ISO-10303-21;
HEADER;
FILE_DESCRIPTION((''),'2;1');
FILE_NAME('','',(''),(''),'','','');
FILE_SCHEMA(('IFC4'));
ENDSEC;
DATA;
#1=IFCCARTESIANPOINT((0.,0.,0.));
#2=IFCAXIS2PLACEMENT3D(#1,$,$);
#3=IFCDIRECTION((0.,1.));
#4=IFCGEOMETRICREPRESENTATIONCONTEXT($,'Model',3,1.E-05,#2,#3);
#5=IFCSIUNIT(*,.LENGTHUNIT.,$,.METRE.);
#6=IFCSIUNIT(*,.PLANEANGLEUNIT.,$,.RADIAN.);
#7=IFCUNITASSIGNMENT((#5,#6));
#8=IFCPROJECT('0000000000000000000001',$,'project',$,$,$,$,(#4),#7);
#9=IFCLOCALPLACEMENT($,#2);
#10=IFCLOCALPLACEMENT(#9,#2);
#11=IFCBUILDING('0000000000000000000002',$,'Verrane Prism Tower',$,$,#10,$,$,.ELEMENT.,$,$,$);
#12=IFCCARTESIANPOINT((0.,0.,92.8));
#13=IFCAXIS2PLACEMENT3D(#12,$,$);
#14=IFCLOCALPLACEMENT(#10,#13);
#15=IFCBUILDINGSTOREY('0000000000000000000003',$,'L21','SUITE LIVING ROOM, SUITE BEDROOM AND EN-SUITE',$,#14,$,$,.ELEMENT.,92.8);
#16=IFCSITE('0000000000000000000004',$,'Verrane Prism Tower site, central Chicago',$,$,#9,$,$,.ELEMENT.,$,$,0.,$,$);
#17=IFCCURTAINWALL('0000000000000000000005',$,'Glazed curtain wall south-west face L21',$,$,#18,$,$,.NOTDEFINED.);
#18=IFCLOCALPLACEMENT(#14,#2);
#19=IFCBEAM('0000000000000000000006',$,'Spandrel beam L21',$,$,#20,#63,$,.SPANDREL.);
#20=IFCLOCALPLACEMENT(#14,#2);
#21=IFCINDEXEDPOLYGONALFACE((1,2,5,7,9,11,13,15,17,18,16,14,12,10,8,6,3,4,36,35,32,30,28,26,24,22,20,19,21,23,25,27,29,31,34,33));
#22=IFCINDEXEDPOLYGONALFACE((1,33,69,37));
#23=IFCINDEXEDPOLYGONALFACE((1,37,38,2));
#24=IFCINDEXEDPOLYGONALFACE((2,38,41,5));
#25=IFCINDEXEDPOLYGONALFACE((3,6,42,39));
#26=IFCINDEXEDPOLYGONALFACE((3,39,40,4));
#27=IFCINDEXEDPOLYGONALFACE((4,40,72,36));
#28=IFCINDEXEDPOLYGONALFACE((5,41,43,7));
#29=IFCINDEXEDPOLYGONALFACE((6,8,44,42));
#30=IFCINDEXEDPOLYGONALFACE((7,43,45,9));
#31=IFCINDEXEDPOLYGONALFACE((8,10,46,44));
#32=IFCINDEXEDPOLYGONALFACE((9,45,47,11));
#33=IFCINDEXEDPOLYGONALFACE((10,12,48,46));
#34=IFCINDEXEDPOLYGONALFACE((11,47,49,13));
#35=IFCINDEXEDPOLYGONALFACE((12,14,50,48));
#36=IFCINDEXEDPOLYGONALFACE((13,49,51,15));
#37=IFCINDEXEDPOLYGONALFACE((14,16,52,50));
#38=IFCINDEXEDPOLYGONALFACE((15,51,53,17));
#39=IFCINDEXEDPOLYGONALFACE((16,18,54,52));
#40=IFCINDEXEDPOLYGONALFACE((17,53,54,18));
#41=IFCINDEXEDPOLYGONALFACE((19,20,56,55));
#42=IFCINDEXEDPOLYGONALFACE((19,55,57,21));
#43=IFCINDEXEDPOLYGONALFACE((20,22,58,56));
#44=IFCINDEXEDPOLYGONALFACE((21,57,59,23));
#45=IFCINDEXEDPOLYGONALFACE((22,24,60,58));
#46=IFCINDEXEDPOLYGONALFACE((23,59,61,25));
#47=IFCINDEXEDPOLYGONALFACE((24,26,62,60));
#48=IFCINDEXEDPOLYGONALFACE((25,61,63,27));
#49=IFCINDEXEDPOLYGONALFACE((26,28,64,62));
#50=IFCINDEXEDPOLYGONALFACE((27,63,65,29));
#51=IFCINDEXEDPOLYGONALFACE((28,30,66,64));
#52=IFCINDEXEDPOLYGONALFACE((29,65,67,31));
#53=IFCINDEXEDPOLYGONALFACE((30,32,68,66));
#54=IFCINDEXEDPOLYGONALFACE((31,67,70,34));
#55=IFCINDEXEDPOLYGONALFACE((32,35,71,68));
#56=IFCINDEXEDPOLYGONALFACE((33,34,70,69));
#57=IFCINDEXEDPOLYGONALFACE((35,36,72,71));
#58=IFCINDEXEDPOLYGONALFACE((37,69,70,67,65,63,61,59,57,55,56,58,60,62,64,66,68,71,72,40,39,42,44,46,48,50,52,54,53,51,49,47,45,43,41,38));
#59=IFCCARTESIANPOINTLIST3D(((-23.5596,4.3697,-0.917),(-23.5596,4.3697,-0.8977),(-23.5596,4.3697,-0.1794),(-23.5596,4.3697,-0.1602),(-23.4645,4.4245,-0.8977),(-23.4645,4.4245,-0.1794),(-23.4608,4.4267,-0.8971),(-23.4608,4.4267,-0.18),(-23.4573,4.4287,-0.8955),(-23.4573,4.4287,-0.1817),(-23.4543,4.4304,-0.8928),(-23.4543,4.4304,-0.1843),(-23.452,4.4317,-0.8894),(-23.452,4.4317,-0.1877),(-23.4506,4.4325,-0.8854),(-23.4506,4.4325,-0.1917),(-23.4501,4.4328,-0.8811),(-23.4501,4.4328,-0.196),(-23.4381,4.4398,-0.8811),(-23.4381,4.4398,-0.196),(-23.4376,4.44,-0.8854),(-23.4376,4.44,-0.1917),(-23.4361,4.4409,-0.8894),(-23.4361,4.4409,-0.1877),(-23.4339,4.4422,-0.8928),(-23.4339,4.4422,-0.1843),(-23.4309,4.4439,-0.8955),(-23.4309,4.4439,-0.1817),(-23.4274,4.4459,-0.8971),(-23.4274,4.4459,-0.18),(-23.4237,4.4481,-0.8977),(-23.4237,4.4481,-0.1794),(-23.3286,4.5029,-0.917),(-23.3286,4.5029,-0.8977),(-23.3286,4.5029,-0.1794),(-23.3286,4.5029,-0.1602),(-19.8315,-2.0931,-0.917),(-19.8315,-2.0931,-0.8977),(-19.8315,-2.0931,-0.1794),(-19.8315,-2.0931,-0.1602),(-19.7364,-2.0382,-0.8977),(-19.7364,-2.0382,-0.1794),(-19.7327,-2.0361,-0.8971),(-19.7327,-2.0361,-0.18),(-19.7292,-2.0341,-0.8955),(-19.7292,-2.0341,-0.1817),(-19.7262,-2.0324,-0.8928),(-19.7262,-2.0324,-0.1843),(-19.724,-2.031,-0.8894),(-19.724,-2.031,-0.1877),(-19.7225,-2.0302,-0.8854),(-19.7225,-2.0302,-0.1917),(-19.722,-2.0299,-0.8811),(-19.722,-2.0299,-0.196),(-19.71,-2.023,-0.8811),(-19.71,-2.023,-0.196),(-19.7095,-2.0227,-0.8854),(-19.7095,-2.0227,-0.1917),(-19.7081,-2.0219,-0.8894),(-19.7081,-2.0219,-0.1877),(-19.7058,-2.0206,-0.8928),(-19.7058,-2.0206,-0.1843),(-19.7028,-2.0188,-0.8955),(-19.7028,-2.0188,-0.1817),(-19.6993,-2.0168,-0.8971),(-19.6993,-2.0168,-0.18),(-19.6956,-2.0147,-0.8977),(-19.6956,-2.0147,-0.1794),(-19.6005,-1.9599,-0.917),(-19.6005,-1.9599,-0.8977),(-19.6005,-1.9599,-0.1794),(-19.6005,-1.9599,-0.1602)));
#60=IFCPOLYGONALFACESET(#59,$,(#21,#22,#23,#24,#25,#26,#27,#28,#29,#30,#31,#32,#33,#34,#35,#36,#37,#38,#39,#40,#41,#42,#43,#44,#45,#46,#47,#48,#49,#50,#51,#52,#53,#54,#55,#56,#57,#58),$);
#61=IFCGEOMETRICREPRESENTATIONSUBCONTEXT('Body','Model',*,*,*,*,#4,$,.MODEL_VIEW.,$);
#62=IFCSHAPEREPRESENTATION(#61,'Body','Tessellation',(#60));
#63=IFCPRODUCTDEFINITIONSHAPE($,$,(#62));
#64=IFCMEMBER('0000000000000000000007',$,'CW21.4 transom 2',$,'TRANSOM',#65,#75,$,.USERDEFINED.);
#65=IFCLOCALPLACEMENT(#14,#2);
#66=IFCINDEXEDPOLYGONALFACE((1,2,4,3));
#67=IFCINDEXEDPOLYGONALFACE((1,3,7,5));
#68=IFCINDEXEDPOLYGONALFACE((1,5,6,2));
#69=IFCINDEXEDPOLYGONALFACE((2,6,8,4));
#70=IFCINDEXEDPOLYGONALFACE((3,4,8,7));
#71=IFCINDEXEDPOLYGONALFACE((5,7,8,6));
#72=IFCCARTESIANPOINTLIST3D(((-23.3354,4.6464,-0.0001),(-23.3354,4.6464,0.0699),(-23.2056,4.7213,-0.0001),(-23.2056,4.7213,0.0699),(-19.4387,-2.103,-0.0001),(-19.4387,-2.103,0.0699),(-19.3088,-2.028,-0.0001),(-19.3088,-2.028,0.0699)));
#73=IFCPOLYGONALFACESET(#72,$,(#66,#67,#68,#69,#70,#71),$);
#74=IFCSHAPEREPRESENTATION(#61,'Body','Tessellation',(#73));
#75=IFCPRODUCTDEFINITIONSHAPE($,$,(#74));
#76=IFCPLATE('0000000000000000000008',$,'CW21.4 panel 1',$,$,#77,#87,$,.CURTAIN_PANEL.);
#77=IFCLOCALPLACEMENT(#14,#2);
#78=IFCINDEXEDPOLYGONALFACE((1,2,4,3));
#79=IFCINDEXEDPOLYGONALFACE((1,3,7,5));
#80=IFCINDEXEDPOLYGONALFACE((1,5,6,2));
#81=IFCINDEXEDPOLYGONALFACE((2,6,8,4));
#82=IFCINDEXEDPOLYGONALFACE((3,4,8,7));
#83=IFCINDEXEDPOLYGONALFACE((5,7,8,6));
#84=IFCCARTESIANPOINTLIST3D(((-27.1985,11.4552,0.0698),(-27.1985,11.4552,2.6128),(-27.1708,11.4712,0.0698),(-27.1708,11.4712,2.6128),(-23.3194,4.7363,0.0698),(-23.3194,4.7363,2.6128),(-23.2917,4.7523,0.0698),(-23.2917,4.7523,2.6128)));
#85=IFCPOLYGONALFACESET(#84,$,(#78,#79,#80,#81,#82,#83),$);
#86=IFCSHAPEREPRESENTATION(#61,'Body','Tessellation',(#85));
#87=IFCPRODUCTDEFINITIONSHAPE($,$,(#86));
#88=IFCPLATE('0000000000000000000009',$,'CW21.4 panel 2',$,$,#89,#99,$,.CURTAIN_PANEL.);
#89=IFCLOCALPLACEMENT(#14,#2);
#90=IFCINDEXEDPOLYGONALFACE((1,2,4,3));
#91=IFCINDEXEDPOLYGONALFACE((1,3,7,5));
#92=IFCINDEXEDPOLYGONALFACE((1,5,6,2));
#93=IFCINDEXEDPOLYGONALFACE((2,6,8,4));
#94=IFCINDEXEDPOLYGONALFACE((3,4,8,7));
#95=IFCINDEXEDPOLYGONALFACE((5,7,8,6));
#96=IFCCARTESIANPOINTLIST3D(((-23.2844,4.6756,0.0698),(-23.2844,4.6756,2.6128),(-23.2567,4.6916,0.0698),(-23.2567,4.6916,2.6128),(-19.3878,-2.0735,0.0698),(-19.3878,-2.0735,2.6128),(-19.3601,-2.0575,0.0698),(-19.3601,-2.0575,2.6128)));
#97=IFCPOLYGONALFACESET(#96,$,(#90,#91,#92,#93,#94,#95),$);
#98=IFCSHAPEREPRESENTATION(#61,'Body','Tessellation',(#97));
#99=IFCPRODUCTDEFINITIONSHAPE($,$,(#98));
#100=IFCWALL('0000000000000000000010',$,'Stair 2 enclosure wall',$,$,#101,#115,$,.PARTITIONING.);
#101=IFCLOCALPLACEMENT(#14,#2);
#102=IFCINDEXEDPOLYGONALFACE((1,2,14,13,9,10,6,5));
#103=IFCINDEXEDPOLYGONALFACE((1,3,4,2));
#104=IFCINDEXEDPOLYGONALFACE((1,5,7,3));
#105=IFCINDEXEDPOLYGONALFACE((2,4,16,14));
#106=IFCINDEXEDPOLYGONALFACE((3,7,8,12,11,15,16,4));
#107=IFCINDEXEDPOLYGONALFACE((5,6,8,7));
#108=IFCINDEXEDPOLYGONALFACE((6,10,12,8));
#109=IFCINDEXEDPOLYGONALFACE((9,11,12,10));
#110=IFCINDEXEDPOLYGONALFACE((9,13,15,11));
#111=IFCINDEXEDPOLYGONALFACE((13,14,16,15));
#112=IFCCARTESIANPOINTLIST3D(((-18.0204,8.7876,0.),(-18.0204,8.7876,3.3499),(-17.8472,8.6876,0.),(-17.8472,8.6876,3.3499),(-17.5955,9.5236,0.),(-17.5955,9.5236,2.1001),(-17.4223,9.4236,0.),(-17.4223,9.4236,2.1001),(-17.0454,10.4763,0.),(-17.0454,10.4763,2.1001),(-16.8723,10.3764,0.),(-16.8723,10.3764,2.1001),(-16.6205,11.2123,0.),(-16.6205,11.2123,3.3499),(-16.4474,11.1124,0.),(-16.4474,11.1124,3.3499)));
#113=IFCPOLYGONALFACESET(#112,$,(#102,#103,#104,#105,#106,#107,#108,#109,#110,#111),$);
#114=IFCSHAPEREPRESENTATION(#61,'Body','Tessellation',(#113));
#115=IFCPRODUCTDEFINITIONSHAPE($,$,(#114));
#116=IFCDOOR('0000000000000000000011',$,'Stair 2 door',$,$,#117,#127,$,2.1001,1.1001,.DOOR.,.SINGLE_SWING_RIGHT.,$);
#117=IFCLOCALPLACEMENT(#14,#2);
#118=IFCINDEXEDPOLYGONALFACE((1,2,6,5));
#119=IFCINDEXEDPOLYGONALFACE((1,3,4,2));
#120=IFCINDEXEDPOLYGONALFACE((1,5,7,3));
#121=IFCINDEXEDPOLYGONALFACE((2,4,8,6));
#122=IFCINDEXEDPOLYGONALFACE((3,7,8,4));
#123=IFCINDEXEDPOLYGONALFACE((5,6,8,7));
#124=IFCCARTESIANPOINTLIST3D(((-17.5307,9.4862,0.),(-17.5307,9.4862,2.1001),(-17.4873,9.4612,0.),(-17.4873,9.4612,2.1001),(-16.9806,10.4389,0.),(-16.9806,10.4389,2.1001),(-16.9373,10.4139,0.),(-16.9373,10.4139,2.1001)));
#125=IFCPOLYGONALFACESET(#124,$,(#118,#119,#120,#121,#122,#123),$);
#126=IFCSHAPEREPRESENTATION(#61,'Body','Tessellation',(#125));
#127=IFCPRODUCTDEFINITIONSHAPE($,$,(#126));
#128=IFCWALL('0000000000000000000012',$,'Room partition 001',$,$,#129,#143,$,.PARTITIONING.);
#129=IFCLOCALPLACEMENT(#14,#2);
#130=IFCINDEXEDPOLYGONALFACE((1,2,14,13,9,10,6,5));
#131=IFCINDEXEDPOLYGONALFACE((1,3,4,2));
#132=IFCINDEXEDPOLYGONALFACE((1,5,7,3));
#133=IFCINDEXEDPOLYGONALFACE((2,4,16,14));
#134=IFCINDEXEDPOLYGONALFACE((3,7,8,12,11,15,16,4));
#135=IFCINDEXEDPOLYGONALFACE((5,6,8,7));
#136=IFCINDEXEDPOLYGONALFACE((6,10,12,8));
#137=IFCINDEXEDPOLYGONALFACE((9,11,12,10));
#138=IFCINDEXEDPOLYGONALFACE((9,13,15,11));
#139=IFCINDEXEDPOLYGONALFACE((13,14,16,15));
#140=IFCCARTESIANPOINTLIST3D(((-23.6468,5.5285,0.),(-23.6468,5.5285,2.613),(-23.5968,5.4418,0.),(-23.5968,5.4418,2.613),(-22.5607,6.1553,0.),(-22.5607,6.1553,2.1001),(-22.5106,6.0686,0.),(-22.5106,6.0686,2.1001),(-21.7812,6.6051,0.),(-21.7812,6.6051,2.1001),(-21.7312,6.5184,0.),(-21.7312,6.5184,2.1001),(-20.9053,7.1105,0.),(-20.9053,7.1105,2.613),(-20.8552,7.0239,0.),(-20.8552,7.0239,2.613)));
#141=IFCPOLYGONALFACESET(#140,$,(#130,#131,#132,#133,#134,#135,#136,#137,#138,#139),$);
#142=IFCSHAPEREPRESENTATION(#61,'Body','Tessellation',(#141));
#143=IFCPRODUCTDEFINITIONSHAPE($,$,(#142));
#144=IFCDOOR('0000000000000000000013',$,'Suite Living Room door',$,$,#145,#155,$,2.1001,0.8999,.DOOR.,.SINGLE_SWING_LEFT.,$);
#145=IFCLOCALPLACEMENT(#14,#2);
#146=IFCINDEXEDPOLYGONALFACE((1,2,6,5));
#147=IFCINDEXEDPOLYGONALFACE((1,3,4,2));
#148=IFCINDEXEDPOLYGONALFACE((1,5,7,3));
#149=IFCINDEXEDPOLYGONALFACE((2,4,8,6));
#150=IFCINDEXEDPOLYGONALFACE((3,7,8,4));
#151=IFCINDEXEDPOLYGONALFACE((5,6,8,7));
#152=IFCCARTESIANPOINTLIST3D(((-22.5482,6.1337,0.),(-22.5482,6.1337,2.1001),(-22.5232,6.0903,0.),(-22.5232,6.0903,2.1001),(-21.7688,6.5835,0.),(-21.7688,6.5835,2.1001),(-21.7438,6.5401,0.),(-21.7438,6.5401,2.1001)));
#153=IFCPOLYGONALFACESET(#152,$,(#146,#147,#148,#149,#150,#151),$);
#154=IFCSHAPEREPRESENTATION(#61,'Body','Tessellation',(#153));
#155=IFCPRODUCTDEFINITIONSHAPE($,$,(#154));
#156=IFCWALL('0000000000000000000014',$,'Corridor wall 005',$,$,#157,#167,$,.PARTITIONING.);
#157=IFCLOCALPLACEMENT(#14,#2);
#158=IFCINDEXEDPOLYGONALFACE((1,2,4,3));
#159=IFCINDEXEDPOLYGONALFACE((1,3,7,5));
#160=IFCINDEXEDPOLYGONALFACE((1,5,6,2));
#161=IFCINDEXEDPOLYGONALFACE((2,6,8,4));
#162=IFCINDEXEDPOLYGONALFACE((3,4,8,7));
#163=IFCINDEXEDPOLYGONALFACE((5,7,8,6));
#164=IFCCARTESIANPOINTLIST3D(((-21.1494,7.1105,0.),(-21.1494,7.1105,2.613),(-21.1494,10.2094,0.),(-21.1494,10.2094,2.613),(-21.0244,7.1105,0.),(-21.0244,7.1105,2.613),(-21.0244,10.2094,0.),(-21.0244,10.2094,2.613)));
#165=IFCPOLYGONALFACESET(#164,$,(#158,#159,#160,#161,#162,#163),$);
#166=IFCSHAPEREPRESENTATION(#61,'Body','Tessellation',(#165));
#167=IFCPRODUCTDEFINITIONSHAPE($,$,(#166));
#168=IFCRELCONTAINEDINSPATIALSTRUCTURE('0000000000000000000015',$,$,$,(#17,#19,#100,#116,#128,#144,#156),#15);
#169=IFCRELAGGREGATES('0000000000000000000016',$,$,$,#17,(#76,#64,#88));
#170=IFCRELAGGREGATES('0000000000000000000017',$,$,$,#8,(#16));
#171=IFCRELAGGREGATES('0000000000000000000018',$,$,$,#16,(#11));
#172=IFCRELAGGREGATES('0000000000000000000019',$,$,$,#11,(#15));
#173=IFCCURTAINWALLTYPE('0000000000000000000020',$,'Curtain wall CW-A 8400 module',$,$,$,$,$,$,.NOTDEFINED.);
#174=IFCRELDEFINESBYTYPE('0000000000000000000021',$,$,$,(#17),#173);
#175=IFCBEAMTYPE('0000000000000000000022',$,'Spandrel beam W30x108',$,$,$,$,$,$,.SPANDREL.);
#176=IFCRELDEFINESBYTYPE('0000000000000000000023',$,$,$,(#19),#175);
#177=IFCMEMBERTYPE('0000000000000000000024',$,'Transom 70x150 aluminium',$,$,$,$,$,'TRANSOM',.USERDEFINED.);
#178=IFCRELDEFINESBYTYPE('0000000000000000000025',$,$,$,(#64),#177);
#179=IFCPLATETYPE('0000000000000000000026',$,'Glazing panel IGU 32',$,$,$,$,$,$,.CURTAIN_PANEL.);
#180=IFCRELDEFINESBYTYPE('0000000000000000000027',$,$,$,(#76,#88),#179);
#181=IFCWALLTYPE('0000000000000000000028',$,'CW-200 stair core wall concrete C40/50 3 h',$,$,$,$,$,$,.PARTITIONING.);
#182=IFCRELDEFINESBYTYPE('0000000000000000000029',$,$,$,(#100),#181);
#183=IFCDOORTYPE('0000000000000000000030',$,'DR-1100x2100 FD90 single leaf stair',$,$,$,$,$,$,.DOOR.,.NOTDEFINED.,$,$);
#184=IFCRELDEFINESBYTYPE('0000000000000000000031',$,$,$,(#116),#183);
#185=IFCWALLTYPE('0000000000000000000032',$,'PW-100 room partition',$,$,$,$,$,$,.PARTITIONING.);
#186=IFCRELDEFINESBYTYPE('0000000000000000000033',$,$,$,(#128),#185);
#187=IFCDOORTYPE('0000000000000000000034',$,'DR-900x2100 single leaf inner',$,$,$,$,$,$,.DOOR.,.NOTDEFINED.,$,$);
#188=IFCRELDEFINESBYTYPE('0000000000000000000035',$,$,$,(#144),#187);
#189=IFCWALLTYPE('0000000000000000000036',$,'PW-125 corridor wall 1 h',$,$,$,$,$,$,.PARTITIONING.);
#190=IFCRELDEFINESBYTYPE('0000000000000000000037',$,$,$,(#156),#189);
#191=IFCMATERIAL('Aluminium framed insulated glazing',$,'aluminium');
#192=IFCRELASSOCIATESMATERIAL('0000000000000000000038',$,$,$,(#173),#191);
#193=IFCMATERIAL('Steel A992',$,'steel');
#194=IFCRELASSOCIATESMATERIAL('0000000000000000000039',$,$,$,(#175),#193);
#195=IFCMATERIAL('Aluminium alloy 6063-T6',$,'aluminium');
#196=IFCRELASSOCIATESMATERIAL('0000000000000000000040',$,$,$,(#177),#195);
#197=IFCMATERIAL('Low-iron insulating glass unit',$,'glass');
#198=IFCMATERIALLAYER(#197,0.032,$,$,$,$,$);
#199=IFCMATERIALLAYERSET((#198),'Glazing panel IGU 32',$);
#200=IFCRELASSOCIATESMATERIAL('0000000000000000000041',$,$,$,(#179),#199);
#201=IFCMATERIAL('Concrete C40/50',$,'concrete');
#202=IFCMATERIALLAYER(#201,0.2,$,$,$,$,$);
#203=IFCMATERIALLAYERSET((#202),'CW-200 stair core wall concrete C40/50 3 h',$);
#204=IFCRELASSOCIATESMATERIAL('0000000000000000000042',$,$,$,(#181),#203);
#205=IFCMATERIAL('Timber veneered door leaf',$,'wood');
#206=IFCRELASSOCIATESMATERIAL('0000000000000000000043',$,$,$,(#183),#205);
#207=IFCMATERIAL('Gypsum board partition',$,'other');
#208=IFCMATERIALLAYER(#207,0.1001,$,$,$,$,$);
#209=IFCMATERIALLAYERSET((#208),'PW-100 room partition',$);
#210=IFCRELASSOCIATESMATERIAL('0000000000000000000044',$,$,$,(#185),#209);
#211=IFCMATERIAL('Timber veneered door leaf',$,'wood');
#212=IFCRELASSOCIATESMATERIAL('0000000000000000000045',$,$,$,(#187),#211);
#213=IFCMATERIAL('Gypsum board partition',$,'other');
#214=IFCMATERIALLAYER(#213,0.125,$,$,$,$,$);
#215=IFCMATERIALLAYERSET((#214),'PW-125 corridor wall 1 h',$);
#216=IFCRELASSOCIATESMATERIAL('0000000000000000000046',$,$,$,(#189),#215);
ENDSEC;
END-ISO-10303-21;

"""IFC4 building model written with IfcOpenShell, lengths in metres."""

from ifc_helpers import new_model, si_unit, direction, frame, frame_2d, origin, origin_2d, place, context, subcontext, project, spatial, rectangle, i_section, extrude, material, layer, layer_set, material_profile, profile_set, type_object, element, fill, aggregate, save


model = new_model("IFC4")

# Units and contexts
model_context = context("Model", 3, precision=1e-05, world=origin(), true_north=direction((0.0, 1.0)))
body_context = subcontext(model_context, "Body", "Model", "MODEL_VIEW")
ifc_project = project(units=[si_unit("LENGTHUNIT", "METRE"), si_unit("PLANEANGLEUNIT", "RADIAN")], contexts=[model_context])

# Site, building, storey
site_placement = place(None, origin())
site = spatial("IfcSite", under=ifc_project, at=site_placement, Name="Verrane Prism Tower site, central Chicago", CompositionType="ELEMENT", RefElevation=0.0)
building_placement = place(site_placement, origin())
building = spatial("IfcBuilding", under=site, at=building_placement, Name="Verrane Prism Tower", CompositionType="ELEMENT")
storey_placement = place(building_placement, frame((0.0, 0.0, 92.8)))
storey = spatial("IfcBuildingStorey", under=building, at=storey_placement, Name="L21", Description="SUITE LIVING ROOM, SUITE BEDROOM AND EN-SUITE", CompositionType="ELEMENT", Elevation=92.8)

# Curtain wall
ifc_material_1 = material(Name="Aluminium framed insulated glazing", Category="aluminium")
curtain_wall_type = type_object("IfcCurtainWallType", Name="Curtain wall CW-A 8400 module", PredefinedType="NOTDEFINED", material=ifc_material_1)
curtain_wall_placement = place(storey_placement, origin())
curtain_wall = element("IfcCurtainWall", 1, at=curtain_wall_placement, inside=storey, type_object=curtain_wall_type, Name="Glazed curtain wall south-west face L21", PredefinedType="NOTDEFINED")

# Beam
ifc_material_2 = material(Name="Steel A992", Category="steel")
ifc_material_profile_1 = material_profile(ifc_material_2, i_section(OverallWidth=0.2666, OverallDepth=0.7568, WebThickness=0.0139, FlangeThickness=0.0193, FilletRadius=0.0166, at=origin_2d()), Name="W30x108")
ifc_profile_set_1 = profile_set([ifc_material_profile_1], Name="Steel A992")
beam_type_1 = type_object("IfcBeamType", Name="Spandrel beam W30x108", PredefinedType="SPANDREL", material=ifc_profile_set_1)
beam_1_placement = place(storey_placement, frame((-23.4441, 4.4363, -0.5386), z_axis=(0.49968, -0.86621, 0.0), x_axis=(0.86621, 0.49968, 0.0)))
element("IfcBeam", 2, at=beam_1_placement, inside=storey, type_object=beam_type_1, Name="Spandrel beam L21", PredefinedType="SPANDREL", context=body_context, shape_type="SweptSolid", body=[
    extrude(i_section(OverallWidth=0.2666, OverallDepth=0.7568, WebThickness=0.0139, FlangeThickness=0.0193, FilletRadius=0.0166, at=origin_2d()), origin(), (0.0, 0.0, 1.0), 7.4609),
])

# Member
ifc_material_3 = material(Name="Aluminium alloy 6063-T6", Category="aluminium")
ifc_material_profile_2 = material_profile(ifc_material_3, rectangle(XDim=0.1499, YDim=0.0701, at=origin_2d()), Name="Transom 70x150 aluminium")
ifc_profile_set_2 = profile_set([ifc_material_profile_2], Name="Aluminium alloy 6063-T6")
member_type_1 = type_object("IfcMemberType", Name="Transom 70x150 aluminium", ElementType="TRANSOM", PredefinedType="USERDEFINED", material=ifc_profile_set_2)
member_1_placement = place(storey_placement, frame((-23.2705, 4.6838, 0.0349), z_axis=(0.500004, -0.866023, 0.0), x_axis=(0.866023, 0.500004, 0.0)))
member_1 = element("IfcMember", 3, at=member_1_placement, type_object=member_type_1, Name="CW21.4 transom 2", ObjectType="TRANSOM", PredefinedType="USERDEFINED", context=body_context, shape_type="SweptSolid", body=[
    extrude(rectangle(XDim=0.1499, YDim=0.0701, at=origin_2d()), origin(), (0.0, 0.0, 1.0), 7.7935),
])

# Plates
ifc_material_4 = material(Name="Low-iron insulating glass unit", Category="glass")
ifc_layer_1 = layer(ifc_material_4, 0.032)
ifc_layer_set_1 = layer_set([ifc_layer_1], Name="Glazing panel IGU 32")
plate_type = type_object("IfcPlateType", Name="Glazing panel IGU 32", PredefinedType="CURTAIN_PANEL", material=ifc_layer_set_1)
plate_1_placement = place(storey_placement, frame((-25.2451, 8.1038, 0.0698), z_axis=(0.0, 0.0, 1.0), x_axis=(0.5, -0.866026, 0.0)))
plate_1 = element("IfcPlate", 4, at=plate_1_placement, type_object=plate_type, Name="CW21.4 panel 1", PredefinedType="CURTAIN_PANEL", context=body_context, shape_type="SweptSolid", body=[
    extrude(rectangle(XDim=7.7583, YDim=0.032, at=origin_2d()), origin(), (0.0, 0.0, 1.0), 2.543),
])
plate_2_placement = place(storey_placement, frame((-21.3223, 1.3091, 0.0698), z_axis=(0.0, 0.0, 1.0), x_axis=(0.5, -0.866026, 0.0)))
plate_2 = element("IfcPlate", 5, at=plate_2_placement, type_object=plate_type, Name="CW21.4 panel 2", PredefinedType="CURTAIN_PANEL", context=body_context, shape_type="SweptSolid", body=[
    extrude(rectangle(XDim=7.7932, YDim=0.032, at=origin_2d()), origin(), (0.0, 0.0, 1.0), 2.543),
])
aggregate(curtain_wall, [plate_1, member_1, plate_2])

# Walls, openings, doors
ifc_material_5 = material(Name="Concrete C40/50", Category="concrete")
ifc_layer_2 = layer(ifc_material_5, 0.2)
ifc_layer_set_2 = layer_set([ifc_layer_2], Name="CW-200 stair core wall concrete C40/50 3 h")
wall_type_1 = type_object("IfcWallType", Name="CW-200 stair core wall concrete C40/50 3 h", PredefinedType="PARTITIONING", material=ifc_layer_set_2)
wall_1_placement = place(storey_placement, frame((-16.5339, 11.1624, 0.0), z_axis=(0.0, 0.0, 1.0), x_axis=(-0.499984, -0.866035, 0.0)))
wall_1 = element("IfcWall", 6, at=wall_1_placement, inside=storey, type_object=wall_type_1, Name="Stair 2 enclosure wall", PredefinedType="PARTITIONING", context=body_context, shape_type="SweptSolid", body=[
    extrude(rectangle(XDim=2.7998, YDim=0.2, at=frame_2d((1.3999, 0.0))), origin(), (0.0, 0.0, 1.0), 3.3499),
])
opening_1_placement = place(wall_1_placement, frame((0.8499, 0.0, 0.0)))
opening_1 = element("IfcOpeningElement", 7, at=opening_1_placement, cuts=wall_1, PredefinedType="OPENING", context=body_context, shape_type="SweptSolid", body=[
    extrude(rectangle(XDim=1.1001, YDim=2.1001, at=frame_2d((0.55, 1.05))), frame((0.0, 0.1099, 0.0), z_axis=(0.0, -1.0, 0.0), x_axis=(1.0, 0.0, 0.0)), (0.0, 0.0, 1.0), 0.22),
])
ifc_material_6 = material(Name="Timber veneered door leaf", Category="wood")
door_type_1 = type_object("IfcDoorType", Name="DR-1100x2100 FD90 single leaf stair", OperationType="NOTDEFINED", PredefinedType="DOOR", material=ifc_material_6)
door_1_placement = place(opening_1_placement, origin())
door_1 = element("IfcDoor", 8, at=door_1_placement, inside=storey, type_object=door_type_1, Name="Stair 2 door", OperationType="SINGLE_SWING_RIGHT", OverallHeight=2.1001, OverallWidth=1.1001, PredefinedType="DOOR", context=body_context, shape_type="SweptSolid", body=[
    extrude(rectangle(XDim=1.1001, YDim=2.1001, at=frame_2d((0.55, 1.05))), frame((0.0, 0.0249, 0.0), z_axis=(0.0, -1.0, 0.0), x_axis=(1.0, 0.0, 0.0)), (0.0, 0.0, 1.0), 0.05),
])
fill(opening_1, door_1)
ifc_material_7 = material(Name="Gypsum board partition", Category="other")
ifc_layer_3 = layer(ifc_material_7, 0.1001)
ifc_layer_set_3 = layer_set([ifc_layer_3], Name="PW-100 room partition")
wall_type_2 = type_object("IfcWallType", Name="PW-100 room partition", PredefinedType="PARTITIONING", material=ifc_layer_set_3)
wall_2_placement = place(storey_placement, frame((-20.8804, 7.0671, 0.0), z_axis=(0.0, 0.0, 1.0), x_axis=(-0.866128, -0.499823, 0.0)))
wall_2 = element("IfcWall", 9, at=wall_2_placement, inside=storey, type_object=wall_type_2, Name="Room partition 001", PredefinedType="PARTITIONING", context=body_context, shape_type="SweptSolid", body=[
    extrude(rectangle(XDim=3.1653, YDim=0.1001, at=frame_2d((1.5825, 0.0))), origin(), (0.0, 0.0, 1.0), 2.613),
])
opening_2_placement = place(wall_2_placement, frame((1.0112, 0.0, 0.0)))
opening_2 = element("IfcOpeningElement", 10, at=opening_2_placement, cuts=wall_2, PredefinedType="OPENING", context=body_context, shape_type="SweptSolid", body=[
    extrude(rectangle(XDim=0.8999, YDim=2.1001, at=frame_2d((0.45, 1.05))), frame((0.0, 0.0601, 0.0), z_axis=(0.0, -1.0, 0.0), x_axis=(1.0, 0.0, 0.0)), (0.0, 0.0, 1.0), 0.1201),
])
ifc_material_8 = material(Name="Timber veneered door leaf", Category="wood")
door_type_2 = type_object("IfcDoorType", Name="DR-900x2100 single leaf inner", OperationType="NOTDEFINED", PredefinedType="DOOR", material=ifc_material_8)
door_2_placement = place(opening_2_placement, origin())
door_2 = element("IfcDoor", 11, at=door_2_placement, inside=storey, type_object=door_type_2, Name="Suite Living Room door", OperationType="SINGLE_SWING_LEFT", OverallHeight=2.1001, OverallWidth=0.8999, PredefinedType="DOOR", context=body_context, shape_type="SweptSolid", body=[
    extrude(rectangle(XDim=0.8999, YDim=2.1001, at=frame_2d((0.45, 1.05))), frame((0.0, 0.0249, 0.0), z_axis=(0.0, -1.0, 0.0), x_axis=(1.0, 0.0, 0.0)), (0.0, 0.0, 1.0), 0.05),
])
fill(opening_2, door_2)

# Wall
ifc_material_9 = material(Name="Gypsum board partition", Category="other")
ifc_layer_4 = layer(ifc_material_9, 0.125)
ifc_layer_set_4 = layer_set([ifc_layer_4], Name="PW-125 corridor wall 1 h")
wall_type_3 = type_object("IfcWallType", Name="PW-125 corridor wall 1 h", PredefinedType="PARTITIONING", material=ifc_layer_set_4)
wall_3_placement = place(storey_placement, frame((-21.0869, 7.1106, 0.0), z_axis=(0.0, 0.0, 1.0), x_axis=(0.0, 1.0, 0.0)))
element("IfcWall", 12, at=wall_3_placement, inside=storey, type_object=wall_type_3, Name="Corridor wall 005", PredefinedType="PARTITIONING", context=body_context, shape_type="SweptSolid", body=[
    extrude(rectangle(XDim=3.0989, YDim=0.125, at=frame_2d((1.5493, 0.0))), origin(), (0.0, 0.0, 1.0), 2.613),
])

save(model, "model.ifc")
